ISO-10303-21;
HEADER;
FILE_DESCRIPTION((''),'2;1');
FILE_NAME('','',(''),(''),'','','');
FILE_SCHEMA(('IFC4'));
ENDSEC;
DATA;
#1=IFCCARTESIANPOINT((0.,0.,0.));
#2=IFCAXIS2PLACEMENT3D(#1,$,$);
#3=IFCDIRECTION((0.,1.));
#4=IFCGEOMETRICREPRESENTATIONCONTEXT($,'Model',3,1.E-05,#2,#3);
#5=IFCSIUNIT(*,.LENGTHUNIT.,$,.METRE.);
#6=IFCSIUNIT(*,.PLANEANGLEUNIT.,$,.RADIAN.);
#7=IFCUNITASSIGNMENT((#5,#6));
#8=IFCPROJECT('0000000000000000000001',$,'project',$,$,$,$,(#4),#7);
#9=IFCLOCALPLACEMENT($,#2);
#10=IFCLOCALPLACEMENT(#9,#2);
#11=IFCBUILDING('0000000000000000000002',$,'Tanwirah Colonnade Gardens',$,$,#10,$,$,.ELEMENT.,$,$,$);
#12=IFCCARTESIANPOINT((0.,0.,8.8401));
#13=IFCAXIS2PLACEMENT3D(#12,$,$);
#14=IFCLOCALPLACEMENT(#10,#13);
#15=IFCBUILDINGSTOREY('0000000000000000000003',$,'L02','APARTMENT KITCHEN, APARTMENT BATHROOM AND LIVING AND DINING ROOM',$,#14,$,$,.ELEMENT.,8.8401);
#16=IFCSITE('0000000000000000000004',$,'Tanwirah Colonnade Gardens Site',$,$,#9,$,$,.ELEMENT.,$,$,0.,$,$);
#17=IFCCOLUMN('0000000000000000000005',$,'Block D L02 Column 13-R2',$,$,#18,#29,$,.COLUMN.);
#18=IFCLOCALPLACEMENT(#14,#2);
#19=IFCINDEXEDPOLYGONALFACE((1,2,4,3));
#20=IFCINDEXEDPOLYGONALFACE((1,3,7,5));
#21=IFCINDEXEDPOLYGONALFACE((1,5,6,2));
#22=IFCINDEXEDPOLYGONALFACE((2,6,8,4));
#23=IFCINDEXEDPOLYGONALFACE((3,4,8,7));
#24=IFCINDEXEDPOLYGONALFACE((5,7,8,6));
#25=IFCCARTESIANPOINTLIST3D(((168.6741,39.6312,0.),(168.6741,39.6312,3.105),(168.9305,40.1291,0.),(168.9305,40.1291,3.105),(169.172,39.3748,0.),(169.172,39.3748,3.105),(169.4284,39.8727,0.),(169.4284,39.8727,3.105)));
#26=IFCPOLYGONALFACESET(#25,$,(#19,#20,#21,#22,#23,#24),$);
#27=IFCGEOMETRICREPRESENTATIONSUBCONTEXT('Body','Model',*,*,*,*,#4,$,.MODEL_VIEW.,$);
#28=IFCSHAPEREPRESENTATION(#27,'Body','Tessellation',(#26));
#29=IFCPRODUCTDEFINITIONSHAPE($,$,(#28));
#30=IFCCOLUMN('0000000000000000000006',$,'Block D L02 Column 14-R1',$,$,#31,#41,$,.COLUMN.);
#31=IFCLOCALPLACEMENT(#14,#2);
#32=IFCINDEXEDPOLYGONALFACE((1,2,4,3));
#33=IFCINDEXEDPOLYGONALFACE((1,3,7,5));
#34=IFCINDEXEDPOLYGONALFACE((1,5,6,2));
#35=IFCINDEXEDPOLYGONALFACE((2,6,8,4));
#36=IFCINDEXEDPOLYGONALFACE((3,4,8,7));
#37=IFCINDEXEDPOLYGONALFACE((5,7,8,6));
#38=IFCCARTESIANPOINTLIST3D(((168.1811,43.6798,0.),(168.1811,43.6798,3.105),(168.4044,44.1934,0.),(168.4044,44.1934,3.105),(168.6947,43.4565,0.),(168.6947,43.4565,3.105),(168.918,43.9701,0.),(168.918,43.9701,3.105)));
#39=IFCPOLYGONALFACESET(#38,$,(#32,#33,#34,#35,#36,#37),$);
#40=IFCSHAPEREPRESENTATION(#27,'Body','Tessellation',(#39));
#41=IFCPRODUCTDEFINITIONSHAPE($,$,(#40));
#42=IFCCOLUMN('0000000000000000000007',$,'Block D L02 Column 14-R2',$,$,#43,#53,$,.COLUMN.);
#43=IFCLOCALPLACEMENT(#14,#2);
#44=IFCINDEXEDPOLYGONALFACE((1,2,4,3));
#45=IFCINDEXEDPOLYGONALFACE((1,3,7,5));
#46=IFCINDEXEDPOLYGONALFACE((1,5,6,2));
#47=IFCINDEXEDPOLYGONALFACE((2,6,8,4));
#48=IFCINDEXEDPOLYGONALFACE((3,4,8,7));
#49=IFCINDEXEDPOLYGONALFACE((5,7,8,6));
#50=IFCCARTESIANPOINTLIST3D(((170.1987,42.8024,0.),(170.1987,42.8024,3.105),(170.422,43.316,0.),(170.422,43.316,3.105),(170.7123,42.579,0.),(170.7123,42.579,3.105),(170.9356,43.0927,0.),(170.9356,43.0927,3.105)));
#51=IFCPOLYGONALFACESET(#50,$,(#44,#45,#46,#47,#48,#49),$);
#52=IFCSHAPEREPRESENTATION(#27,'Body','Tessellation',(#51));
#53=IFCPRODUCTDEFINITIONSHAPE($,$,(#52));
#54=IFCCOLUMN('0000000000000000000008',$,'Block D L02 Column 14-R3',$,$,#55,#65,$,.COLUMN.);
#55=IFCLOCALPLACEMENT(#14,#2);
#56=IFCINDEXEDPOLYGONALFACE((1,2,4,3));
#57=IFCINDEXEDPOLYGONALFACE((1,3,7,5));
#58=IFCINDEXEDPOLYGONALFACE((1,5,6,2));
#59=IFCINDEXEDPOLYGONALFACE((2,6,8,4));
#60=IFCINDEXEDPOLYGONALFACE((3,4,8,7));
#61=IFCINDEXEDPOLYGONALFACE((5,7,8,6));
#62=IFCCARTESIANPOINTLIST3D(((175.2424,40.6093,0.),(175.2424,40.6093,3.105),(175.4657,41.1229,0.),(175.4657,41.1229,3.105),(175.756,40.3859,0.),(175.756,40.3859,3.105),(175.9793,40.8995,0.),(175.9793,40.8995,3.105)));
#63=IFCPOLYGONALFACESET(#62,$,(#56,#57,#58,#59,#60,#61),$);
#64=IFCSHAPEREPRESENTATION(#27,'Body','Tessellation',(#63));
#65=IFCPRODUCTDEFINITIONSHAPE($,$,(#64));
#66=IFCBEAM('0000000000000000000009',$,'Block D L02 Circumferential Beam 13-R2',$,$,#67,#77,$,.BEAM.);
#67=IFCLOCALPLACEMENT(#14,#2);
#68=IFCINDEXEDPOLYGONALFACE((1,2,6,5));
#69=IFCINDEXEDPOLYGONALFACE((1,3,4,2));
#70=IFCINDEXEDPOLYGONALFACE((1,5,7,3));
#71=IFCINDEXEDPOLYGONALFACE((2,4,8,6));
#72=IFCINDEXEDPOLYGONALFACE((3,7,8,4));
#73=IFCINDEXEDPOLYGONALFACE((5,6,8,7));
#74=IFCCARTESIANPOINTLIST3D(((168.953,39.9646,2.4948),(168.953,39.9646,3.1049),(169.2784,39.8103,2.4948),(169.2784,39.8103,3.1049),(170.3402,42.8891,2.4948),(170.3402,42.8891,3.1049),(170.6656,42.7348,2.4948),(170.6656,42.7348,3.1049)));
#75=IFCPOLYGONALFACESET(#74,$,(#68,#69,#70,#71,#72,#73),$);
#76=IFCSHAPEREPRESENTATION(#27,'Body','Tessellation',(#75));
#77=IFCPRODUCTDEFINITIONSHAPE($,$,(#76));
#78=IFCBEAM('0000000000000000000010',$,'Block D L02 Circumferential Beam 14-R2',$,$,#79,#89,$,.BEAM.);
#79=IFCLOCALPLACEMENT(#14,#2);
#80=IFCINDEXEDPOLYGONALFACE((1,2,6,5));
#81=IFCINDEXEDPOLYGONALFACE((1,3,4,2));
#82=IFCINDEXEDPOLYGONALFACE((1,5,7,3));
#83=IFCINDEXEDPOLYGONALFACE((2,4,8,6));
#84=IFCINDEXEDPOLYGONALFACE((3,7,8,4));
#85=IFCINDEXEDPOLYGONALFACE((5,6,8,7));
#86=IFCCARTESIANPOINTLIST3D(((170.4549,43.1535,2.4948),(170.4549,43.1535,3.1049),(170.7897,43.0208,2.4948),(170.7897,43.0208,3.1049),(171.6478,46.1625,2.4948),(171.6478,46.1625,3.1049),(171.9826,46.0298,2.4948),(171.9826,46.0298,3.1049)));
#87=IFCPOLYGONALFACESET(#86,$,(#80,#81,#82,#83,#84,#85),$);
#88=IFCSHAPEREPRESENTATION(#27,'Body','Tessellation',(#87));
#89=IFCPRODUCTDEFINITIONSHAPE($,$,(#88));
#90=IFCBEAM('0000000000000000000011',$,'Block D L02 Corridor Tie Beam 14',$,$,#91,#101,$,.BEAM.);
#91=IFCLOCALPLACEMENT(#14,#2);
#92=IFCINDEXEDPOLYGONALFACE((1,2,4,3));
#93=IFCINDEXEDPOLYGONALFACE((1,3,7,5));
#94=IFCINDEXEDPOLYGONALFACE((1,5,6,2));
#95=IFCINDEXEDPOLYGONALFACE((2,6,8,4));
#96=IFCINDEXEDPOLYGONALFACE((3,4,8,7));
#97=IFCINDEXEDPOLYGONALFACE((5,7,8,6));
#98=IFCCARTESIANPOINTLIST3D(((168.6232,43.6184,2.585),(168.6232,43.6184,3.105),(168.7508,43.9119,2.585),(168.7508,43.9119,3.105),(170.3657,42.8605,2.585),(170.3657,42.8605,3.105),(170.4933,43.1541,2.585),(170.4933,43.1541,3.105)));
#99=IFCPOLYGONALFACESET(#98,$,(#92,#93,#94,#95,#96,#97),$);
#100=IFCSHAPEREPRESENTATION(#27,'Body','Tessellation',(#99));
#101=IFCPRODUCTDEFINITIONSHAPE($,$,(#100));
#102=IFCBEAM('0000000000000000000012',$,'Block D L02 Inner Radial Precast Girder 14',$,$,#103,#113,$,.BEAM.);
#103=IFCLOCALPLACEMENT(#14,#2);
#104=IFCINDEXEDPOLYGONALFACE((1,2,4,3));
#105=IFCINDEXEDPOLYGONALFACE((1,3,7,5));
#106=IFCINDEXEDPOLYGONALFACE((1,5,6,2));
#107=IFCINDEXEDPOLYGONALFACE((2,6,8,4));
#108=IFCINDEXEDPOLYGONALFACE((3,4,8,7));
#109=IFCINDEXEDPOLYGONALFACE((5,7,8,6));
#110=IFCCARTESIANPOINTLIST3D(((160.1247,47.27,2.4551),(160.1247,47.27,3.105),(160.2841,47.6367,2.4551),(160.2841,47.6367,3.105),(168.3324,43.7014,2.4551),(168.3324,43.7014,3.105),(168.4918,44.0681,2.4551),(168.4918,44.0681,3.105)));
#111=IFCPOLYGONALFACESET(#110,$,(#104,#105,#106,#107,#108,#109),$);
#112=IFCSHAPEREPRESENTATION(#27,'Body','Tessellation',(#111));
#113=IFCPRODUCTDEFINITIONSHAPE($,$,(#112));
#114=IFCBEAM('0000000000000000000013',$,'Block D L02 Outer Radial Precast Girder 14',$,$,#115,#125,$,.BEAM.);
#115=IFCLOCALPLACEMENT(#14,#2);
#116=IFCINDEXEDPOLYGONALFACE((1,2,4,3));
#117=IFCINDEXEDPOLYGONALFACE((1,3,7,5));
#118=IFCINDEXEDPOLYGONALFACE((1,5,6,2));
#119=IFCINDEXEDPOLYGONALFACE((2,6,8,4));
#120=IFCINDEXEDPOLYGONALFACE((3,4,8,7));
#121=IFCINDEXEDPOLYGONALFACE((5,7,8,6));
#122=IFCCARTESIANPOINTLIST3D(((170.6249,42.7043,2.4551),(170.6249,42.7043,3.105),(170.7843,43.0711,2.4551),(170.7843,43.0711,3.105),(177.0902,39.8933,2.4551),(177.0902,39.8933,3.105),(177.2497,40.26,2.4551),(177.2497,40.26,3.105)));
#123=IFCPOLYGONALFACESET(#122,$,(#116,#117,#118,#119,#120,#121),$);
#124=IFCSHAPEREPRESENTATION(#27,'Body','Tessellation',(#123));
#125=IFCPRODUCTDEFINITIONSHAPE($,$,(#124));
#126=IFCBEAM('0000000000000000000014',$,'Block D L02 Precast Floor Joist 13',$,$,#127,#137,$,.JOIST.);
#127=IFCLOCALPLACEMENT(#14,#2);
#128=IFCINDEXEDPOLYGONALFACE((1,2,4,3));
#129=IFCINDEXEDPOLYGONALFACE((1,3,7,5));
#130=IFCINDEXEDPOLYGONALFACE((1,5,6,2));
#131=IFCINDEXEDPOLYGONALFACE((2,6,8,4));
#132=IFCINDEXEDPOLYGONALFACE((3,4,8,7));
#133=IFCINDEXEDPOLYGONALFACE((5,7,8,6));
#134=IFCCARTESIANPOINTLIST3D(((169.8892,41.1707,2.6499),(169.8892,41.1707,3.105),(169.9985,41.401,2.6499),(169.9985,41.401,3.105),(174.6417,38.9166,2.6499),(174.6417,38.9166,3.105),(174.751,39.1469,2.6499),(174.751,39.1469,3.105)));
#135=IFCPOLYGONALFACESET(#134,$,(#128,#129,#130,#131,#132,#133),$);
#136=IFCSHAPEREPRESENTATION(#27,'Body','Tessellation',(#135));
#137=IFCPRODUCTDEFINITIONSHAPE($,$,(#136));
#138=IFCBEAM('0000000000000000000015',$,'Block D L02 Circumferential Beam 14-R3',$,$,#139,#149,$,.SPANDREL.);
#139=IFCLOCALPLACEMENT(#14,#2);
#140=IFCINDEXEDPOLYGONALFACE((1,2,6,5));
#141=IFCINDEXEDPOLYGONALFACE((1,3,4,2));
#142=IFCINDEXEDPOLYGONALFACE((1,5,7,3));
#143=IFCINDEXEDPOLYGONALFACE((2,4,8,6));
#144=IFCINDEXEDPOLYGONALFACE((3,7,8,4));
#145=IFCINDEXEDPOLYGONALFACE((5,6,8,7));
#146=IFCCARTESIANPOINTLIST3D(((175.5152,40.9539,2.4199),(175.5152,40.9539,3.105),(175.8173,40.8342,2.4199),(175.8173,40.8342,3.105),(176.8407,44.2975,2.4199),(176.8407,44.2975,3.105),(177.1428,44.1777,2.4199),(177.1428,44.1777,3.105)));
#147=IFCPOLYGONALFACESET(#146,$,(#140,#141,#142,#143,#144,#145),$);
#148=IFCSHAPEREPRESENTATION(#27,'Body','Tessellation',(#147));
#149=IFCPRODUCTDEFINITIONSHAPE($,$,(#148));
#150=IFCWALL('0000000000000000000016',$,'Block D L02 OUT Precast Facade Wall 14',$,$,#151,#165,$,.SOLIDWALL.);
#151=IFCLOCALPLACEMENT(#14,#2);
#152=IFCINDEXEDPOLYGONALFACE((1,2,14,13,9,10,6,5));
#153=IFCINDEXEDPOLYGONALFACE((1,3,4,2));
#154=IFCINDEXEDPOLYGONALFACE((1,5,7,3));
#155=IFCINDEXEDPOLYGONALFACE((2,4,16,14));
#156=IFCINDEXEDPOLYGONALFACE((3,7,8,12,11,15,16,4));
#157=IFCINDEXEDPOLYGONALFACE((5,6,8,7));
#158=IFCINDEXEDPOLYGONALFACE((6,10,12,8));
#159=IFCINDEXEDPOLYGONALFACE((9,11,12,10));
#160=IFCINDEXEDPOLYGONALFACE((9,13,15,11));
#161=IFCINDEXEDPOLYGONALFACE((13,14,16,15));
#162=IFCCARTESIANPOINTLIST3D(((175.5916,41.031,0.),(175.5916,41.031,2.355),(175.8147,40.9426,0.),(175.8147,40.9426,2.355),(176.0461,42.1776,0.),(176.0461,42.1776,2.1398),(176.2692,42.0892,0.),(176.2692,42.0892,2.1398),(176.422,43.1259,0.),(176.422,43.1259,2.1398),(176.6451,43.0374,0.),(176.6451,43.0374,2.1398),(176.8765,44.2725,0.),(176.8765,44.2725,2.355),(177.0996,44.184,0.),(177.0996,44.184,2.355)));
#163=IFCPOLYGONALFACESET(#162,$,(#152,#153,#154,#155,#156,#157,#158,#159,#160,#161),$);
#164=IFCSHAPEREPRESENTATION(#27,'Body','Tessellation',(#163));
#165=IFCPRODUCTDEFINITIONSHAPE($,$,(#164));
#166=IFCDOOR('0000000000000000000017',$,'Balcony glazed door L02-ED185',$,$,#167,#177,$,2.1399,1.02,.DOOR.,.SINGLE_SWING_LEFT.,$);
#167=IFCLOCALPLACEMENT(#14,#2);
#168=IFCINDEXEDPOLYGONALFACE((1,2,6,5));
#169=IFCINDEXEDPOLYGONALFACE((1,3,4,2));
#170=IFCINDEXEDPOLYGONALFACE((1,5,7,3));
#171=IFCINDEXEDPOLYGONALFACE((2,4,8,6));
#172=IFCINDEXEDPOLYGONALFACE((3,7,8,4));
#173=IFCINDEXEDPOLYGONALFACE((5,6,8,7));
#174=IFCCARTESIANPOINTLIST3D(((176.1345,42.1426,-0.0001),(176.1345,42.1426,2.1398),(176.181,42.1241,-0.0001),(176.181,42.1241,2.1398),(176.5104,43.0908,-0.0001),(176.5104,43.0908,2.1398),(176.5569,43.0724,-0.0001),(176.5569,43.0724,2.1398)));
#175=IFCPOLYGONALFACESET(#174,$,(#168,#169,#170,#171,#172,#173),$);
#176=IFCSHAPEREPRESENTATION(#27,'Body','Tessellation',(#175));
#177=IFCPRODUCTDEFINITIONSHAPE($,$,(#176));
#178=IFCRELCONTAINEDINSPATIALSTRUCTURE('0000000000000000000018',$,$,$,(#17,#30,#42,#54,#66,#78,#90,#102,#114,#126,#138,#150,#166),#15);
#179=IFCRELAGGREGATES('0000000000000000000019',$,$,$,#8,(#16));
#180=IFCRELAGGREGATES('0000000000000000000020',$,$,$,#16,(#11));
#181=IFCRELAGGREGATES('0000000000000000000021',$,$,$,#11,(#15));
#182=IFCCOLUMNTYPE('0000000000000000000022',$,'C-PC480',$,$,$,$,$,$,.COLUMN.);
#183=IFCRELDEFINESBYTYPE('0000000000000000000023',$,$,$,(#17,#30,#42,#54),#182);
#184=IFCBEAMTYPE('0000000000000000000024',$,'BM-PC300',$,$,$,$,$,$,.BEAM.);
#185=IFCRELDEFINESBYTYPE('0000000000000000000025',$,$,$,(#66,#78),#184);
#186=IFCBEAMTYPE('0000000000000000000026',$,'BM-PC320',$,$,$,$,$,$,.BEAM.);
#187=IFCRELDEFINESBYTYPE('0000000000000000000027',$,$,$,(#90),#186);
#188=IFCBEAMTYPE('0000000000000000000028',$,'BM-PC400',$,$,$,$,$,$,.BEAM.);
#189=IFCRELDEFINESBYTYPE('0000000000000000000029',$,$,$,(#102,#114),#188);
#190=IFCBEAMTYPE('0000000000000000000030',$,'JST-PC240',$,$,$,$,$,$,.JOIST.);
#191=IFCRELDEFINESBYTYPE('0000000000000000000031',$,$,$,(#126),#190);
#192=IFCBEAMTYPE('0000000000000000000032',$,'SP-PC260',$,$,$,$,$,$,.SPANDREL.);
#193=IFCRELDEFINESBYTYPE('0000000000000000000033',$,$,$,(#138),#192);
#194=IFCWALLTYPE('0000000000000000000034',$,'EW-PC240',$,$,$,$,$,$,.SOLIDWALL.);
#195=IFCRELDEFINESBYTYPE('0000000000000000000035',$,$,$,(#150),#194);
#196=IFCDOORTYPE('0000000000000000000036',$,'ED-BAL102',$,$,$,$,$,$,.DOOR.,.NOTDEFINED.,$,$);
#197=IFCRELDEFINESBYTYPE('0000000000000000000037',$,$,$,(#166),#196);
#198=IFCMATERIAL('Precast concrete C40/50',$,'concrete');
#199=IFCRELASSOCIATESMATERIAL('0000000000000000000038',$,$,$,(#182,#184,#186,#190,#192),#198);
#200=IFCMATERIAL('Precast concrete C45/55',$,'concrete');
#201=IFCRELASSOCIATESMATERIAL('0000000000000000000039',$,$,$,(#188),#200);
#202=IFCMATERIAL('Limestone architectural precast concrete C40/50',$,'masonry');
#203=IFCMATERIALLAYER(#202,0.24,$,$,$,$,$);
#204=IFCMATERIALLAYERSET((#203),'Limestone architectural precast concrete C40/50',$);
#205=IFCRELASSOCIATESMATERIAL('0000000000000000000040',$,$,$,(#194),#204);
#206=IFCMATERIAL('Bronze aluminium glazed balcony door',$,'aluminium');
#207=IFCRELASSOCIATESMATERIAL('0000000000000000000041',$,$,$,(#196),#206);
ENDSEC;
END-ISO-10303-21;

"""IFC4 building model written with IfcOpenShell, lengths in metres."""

from ifc_helpers import new_model, si_unit, direction, frame, frame_2d, origin, origin_2d, place, context, subcontext, project, spatial, rectangle, extrude, material, layer, layer_set, material_profile, profile_set, type_object, element, fill, save


model = new_model("IFC4")

# Units and contexts
model_context = context("Model", 3, precision=1e-05, world=origin(), true_north=direction((0.0, 1.0)))
body_context = subcontext(model_context, "Body", "Model", "MODEL_VIEW")
ifc_project = project(units=[si_unit("LENGTHUNIT", "METRE"), si_unit("PLANEANGLEUNIT", "RADIAN")], contexts=[model_context])

# Site, building, storey
site_placement = place(None, origin())
site = spatial("IfcSite", under=ifc_project, at=site_placement, Name="Tanwirah Colonnade Gardens Site", CompositionType="ELEMENT", RefElevation=0.0)
building_placement = place(site_placement, origin())
building = spatial("IfcBuilding", under=site, at=building_placement, Name="Tanwirah Colonnade Gardens", CompositionType="ELEMENT")
storey_placement = place(building_placement, frame((0.0, 0.0, 8.8401)))
storey = spatial("IfcBuildingStorey", under=building, at=storey_placement, Name="L02", Description="APARTMENT KITCHEN, APARTMENT BATHROOM AND LIVING AND DINING ROOM", CompositionType="ELEMENT", Elevation=8.8401)

# Columns
ifc_material_1 = material(Name="Precast concrete C40/50", Category="concrete")
ifc_material_profile_1 = material_profile(ifc_material_1, rectangle(XDim=0.5601, YDim=0.5601, at=origin_2d()), Name="PC-COL 560x560")
ifc_profile_set_1 = profile_set([ifc_material_profile_1], Name="Precast concrete C40/50")
column_type = type_object("IfcColumnType", Name="C-PC480", PredefinedType="COLUMN", material=ifc_profile_set_1)
for number, where, z_axis, x_axis, name in (
    (1, (169.0513, 39.752, 0.0), (0.0, 0.0, 1.0), (0.889017, -0.457874, 0.0), "Block D L02 Column 13-R2"),
    (2, (168.5496, 43.825, 0.0), (0.0, 0.0, 1.0), (0.91706, -0.398749, 0.0), "Block D L02 Column 14-R1"),
    (3, (170.5671, 42.9475, 0.0), (0.0, 0.0, 1.0), (0.91706, -0.398749, 0.0), "Block D L02 Column 14-R2"),
    (4, (175.6108, 40.7544, 0.0), (0.0, 0.0, 1.0), (0.91706, -0.398749, 0.0), "Block D L02 Column 14-R3"),
):
    element("IfcColumn", number, at=place(storey_placement, frame(where, z_axis=z_axis, x_axis=x_axis)), inside=storey, type_object=column_type, Name=name, PredefinedType="COLUMN", context=body_context, shape_type="SweptSolid", body=[
        extrude(rectangle(XDim=0.5601, YDim=0.5601, at=origin_2d()), origin(), (0.0, 0.0, 1.0), 3.105),
    ])

# Beams
ifc_material_profile_2 = material_profile(ifc_material_1, rectangle(XDim=0.3601, YDim=0.6101, at=origin_2d()), Name="PC-BM 360x610")
ifc_profile_set_2 = profile_set([ifc_material_profile_2], Name="Precast concrete C40/50")
beam_type_1 = type_object("IfcBeamType", Name="BM-PC300", PredefinedType="BEAM", material=ifc_profile_set_2)
for number, where, z_axis, x_axis, name in (
    (5, (169.1157, 39.8875, 2.7998), (0.428563, 0.903512, 0.0), (-0.903512, 0.428563, 0.0), "Block D L02 Circumferential Beam 13-R2"),
    (6, (170.6223, 43.0872, 2.7998), (0.368528, 0.929617, 0.0), (-0.929617, 0.368528, 0.0), "Block D L02 Circumferential Beam 14-R2"),
):
    element("IfcBeam", number, at=place(storey_placement, frame(where, z_axis=z_axis, x_axis=x_axis)), inside=storey, type_object=beam_type_1, Name=name, PredefinedType="BEAM", context=body_context, shape_type="SweptSolid", body=[
        extrude(rectangle(XDim=0.3601, YDim=0.6101, at=origin_2d()), origin(), (0.0, 0.0, 1.0), 3.2368),
    ])
ifc_material_profile_3 = material_profile(ifc_material_1, rectangle(XDim=0.3201, YDim=0.52, at=origin_2d()), Name="PC-BM 320x520")
ifc_profile_set_3 = profile_set([ifc_material_profile_3], Name="Precast concrete C40/50")
beam_type_2 = type_object("IfcBeamType", Name="BM-PC320", PredefinedType="BEAM", material=ifc_profile_set_3)
beam_1_placement = place(storey_placement, frame((168.687, 43.7651, 2.845), z_axis=(0.917025, -0.398829, 0.0), x_axis=(0.398829, 0.917025, 0.0)))
element("IfcBeam", 7, at=beam_1_placement, inside=storey, type_object=beam_type_2, Name="Block D L02 Corridor Tie Beam 14", PredefinedType="BEAM", context=body_context, shape_type="SweptSolid", body=[
    extrude(rectangle(XDim=0.3201, YDim=0.52, at=origin_2d()), origin(), (0.0, 0.0, 1.0), 1.9001),
])
ifc_material_2 = material(Name="Precast concrete C45/55", Category="concrete")
ifc_material_profile_4 = material_profile(ifc_material_2, rectangle(XDim=0.3999, YDim=0.6499, at=origin_2d()), Name="PC-BM 400x650")
ifc_profile_set_4 = profile_set([ifc_material_profile_4], Name="Precast concrete C45/55")
beam_type_3 = type_object("IfcBeamType", Name="BM-PC400", PredefinedType="BEAM", material=ifc_profile_set_4)
beam_2_placement = place(storey_placement, frame((168.4121, 43.8848, 2.78), z_axis=(-0.91707, 0.398727, 0.0), x_axis=(-0.398727, -0.91707, 0.0)))
element("IfcBeam", 8, at=beam_2_placement, inside=storey, type_object=beam_type_3, Name="Block D L02 Inner Radial Precast Girder 14", PredefinedType="BEAM", context=body_context, shape_type="SweptSolid", body=[
    extrude(rectangle(XDim=0.3999, YDim=0.6499, at=origin_2d()), origin(), (0.0, 0.0, 1.0), 8.95),
])
beam_3_placement = place(storey_placement, frame((170.7046, 42.8877, 2.78), z_axis=(0.917069, -0.398729, 0.0), x_axis=(0.398729, 0.917069, 0.0)))
element("IfcBeam", 9, at=beam_3_placement, inside=storey, type_object=beam_type_3, Name="Block D L02 Outer Radial Precast Girder 14", PredefinedType="BEAM", context=body_context, shape_type="SweptSolid", body=[
    extrude(rectangle(XDim=0.3999, YDim=0.6499, at=origin_2d()), origin(), (0.0, 0.0, 1.0), 7.05),
])
ifc_material_profile_5 = material_profile(ifc_material_1, rectangle(XDim=0.2549, YDim=0.4551, at=origin_2d()), Name="PC-JST 255x455")
ifc_profile_set_5 = profile_set([ifc_material_profile_5], Name="Precast concrete C40/50")
beam_type_4 = type_object("IfcBeamType", Name="JST-PC240", PredefinedType="JOIST", material=ifc_profile_set_5)
beam_4_placement = place(storey_placement, frame((169.9438, 41.2859, 2.8774), z_axis=(0.903518, -0.428551, 0.0), x_axis=(0.428551, 0.903518, 0.0)))
element("IfcBeam", 10, at=beam_4_placement, inside=storey, type_object=beam_type_4, Name="Block D L02 Precast Floor Joist 13", PredefinedType="JOIST", context=body_context, shape_type="SweptSolid", body=[
    extrude(rectangle(XDim=0.2549, YDim=0.4551, at=origin_2d()), origin(), (0.0, 0.0, 1.0), 5.26),
])
ifc_material_profile_6 = material_profile(ifc_material_1, rectangle(XDim=0.325, YDim=0.6851, at=origin_2d()), Name="PC-SP 325x685")
ifc_profile_set_6 = profile_set([ifc_material_profile_6], Name="Precast concrete C40/50")
beam_type_5 = type_object("IfcBeamType", Name="SP-PC260", PredefinedType="SPANDREL", material=ifc_profile_set_6)
beam_5_placement = place(storey_placement, frame((175.6663, 40.894, 2.7625), z_axis=(0.368522, 0.929619, 0.0), x_axis=(-0.929619, 0.368522, 0.0)))
element("IfcBeam", 11, at=beam_5_placement, inside=storey, type_object=beam_type_5, Name="Block D L02 Circumferential Beam 14-R3", PredefinedType="SPANDREL", context=body_context, shape_type="SweptSolid", body=[
    extrude(rectangle(XDim=0.325, YDim=0.6851, at=origin_2d()), origin(), (0.0, 0.0, 1.0), 3.5967),
])

# Wall, opening, door
ifc_material_3 = material(Name="Limestone architectural precast concrete C40/50", Category="masonry")
ifc_layer_1 = layer(ifc_material_3, 0.24)
ifc_layer_set_1 = layer_set([ifc_layer_1], Name="Limestone architectural precast concrete C40/50")
wall_type_1 = type_object("IfcWallType", Name="EW-PC240", PredefinedType="SOLIDWALL", material=ifc_layer_set_1)
wall_1_placement = place(storey_placement, frame((175.7031, 40.9868, 0.0), z_axis=(0.0, 0.0, 1.0), x_axis=(0.368504, 0.929626, 0.0)))
wall_1 = element("IfcWall", 12, at=wall_1_placement, inside=storey, type_object=wall_type_1, Name="Block D L02 OUT Precast Facade Wall 14", PredefinedType="SOLIDWALL", context=body_context, shape_type="SweptSolid", body=[
    extrude(rectangle(XDim=3.4868, YDim=0.24, at=frame_2d((1.7434, 0.0))), origin(), (0.0, 0.0, 1.0), 2.355),
])
opening_1_placement = place(wall_1_placement, frame((1.2334, 0.0, 0.0)))
opening_1 = element("IfcOpeningElement", 13, at=opening_1_placement, cuts=wall_1, PredefinedType="OPENING", context=body_context, shape_type="SweptSolid", body=[
    extrude(rectangle(XDim=1.02, YDim=2.1399, at=frame_2d((0.51, 1.0698))), frame((0.0, 0.1299, 0.0), z_axis=(0.0, -1.0, 0.0), x_axis=(1.0, 0.0, 0.0)), (0.0, 0.0, 1.0), 0.26),
])
ifc_material_4 = material(Name="Bronze aluminium glazed balcony door", Category="aluminium")
door_type_1 = type_object("IfcDoorType", Name="ED-BAL102", OperationType="NOTDEFINED", PredefinedType="DOOR", material=ifc_material_4)
door_1_placement = place(opening_1_placement, origin())
door_1 = element("IfcDoor", 14, at=door_1_placement, inside=storey, type_object=door_type_1, Name="Balcony glazed door L02-ED185", OperationType="SINGLE_SWING_LEFT", OverallHeight=2.1399, OverallWidth=1.02, PredefinedType="DOOR", context=body_context, shape_type="SweptSolid", body=[
    extrude(rectangle(XDim=1.02, YDim=2.1399, at=frame_2d((0.51, 1.0698))), frame((0.0, 0.0249, 0.0), z_axis=(0.0, -1.0, 0.0), x_axis=(1.0, 0.0, 0.0)), (0.0, 0.0, 1.0), 0.05),
])
fill(opening_1, door_1)

save(model, "model.ifc")
